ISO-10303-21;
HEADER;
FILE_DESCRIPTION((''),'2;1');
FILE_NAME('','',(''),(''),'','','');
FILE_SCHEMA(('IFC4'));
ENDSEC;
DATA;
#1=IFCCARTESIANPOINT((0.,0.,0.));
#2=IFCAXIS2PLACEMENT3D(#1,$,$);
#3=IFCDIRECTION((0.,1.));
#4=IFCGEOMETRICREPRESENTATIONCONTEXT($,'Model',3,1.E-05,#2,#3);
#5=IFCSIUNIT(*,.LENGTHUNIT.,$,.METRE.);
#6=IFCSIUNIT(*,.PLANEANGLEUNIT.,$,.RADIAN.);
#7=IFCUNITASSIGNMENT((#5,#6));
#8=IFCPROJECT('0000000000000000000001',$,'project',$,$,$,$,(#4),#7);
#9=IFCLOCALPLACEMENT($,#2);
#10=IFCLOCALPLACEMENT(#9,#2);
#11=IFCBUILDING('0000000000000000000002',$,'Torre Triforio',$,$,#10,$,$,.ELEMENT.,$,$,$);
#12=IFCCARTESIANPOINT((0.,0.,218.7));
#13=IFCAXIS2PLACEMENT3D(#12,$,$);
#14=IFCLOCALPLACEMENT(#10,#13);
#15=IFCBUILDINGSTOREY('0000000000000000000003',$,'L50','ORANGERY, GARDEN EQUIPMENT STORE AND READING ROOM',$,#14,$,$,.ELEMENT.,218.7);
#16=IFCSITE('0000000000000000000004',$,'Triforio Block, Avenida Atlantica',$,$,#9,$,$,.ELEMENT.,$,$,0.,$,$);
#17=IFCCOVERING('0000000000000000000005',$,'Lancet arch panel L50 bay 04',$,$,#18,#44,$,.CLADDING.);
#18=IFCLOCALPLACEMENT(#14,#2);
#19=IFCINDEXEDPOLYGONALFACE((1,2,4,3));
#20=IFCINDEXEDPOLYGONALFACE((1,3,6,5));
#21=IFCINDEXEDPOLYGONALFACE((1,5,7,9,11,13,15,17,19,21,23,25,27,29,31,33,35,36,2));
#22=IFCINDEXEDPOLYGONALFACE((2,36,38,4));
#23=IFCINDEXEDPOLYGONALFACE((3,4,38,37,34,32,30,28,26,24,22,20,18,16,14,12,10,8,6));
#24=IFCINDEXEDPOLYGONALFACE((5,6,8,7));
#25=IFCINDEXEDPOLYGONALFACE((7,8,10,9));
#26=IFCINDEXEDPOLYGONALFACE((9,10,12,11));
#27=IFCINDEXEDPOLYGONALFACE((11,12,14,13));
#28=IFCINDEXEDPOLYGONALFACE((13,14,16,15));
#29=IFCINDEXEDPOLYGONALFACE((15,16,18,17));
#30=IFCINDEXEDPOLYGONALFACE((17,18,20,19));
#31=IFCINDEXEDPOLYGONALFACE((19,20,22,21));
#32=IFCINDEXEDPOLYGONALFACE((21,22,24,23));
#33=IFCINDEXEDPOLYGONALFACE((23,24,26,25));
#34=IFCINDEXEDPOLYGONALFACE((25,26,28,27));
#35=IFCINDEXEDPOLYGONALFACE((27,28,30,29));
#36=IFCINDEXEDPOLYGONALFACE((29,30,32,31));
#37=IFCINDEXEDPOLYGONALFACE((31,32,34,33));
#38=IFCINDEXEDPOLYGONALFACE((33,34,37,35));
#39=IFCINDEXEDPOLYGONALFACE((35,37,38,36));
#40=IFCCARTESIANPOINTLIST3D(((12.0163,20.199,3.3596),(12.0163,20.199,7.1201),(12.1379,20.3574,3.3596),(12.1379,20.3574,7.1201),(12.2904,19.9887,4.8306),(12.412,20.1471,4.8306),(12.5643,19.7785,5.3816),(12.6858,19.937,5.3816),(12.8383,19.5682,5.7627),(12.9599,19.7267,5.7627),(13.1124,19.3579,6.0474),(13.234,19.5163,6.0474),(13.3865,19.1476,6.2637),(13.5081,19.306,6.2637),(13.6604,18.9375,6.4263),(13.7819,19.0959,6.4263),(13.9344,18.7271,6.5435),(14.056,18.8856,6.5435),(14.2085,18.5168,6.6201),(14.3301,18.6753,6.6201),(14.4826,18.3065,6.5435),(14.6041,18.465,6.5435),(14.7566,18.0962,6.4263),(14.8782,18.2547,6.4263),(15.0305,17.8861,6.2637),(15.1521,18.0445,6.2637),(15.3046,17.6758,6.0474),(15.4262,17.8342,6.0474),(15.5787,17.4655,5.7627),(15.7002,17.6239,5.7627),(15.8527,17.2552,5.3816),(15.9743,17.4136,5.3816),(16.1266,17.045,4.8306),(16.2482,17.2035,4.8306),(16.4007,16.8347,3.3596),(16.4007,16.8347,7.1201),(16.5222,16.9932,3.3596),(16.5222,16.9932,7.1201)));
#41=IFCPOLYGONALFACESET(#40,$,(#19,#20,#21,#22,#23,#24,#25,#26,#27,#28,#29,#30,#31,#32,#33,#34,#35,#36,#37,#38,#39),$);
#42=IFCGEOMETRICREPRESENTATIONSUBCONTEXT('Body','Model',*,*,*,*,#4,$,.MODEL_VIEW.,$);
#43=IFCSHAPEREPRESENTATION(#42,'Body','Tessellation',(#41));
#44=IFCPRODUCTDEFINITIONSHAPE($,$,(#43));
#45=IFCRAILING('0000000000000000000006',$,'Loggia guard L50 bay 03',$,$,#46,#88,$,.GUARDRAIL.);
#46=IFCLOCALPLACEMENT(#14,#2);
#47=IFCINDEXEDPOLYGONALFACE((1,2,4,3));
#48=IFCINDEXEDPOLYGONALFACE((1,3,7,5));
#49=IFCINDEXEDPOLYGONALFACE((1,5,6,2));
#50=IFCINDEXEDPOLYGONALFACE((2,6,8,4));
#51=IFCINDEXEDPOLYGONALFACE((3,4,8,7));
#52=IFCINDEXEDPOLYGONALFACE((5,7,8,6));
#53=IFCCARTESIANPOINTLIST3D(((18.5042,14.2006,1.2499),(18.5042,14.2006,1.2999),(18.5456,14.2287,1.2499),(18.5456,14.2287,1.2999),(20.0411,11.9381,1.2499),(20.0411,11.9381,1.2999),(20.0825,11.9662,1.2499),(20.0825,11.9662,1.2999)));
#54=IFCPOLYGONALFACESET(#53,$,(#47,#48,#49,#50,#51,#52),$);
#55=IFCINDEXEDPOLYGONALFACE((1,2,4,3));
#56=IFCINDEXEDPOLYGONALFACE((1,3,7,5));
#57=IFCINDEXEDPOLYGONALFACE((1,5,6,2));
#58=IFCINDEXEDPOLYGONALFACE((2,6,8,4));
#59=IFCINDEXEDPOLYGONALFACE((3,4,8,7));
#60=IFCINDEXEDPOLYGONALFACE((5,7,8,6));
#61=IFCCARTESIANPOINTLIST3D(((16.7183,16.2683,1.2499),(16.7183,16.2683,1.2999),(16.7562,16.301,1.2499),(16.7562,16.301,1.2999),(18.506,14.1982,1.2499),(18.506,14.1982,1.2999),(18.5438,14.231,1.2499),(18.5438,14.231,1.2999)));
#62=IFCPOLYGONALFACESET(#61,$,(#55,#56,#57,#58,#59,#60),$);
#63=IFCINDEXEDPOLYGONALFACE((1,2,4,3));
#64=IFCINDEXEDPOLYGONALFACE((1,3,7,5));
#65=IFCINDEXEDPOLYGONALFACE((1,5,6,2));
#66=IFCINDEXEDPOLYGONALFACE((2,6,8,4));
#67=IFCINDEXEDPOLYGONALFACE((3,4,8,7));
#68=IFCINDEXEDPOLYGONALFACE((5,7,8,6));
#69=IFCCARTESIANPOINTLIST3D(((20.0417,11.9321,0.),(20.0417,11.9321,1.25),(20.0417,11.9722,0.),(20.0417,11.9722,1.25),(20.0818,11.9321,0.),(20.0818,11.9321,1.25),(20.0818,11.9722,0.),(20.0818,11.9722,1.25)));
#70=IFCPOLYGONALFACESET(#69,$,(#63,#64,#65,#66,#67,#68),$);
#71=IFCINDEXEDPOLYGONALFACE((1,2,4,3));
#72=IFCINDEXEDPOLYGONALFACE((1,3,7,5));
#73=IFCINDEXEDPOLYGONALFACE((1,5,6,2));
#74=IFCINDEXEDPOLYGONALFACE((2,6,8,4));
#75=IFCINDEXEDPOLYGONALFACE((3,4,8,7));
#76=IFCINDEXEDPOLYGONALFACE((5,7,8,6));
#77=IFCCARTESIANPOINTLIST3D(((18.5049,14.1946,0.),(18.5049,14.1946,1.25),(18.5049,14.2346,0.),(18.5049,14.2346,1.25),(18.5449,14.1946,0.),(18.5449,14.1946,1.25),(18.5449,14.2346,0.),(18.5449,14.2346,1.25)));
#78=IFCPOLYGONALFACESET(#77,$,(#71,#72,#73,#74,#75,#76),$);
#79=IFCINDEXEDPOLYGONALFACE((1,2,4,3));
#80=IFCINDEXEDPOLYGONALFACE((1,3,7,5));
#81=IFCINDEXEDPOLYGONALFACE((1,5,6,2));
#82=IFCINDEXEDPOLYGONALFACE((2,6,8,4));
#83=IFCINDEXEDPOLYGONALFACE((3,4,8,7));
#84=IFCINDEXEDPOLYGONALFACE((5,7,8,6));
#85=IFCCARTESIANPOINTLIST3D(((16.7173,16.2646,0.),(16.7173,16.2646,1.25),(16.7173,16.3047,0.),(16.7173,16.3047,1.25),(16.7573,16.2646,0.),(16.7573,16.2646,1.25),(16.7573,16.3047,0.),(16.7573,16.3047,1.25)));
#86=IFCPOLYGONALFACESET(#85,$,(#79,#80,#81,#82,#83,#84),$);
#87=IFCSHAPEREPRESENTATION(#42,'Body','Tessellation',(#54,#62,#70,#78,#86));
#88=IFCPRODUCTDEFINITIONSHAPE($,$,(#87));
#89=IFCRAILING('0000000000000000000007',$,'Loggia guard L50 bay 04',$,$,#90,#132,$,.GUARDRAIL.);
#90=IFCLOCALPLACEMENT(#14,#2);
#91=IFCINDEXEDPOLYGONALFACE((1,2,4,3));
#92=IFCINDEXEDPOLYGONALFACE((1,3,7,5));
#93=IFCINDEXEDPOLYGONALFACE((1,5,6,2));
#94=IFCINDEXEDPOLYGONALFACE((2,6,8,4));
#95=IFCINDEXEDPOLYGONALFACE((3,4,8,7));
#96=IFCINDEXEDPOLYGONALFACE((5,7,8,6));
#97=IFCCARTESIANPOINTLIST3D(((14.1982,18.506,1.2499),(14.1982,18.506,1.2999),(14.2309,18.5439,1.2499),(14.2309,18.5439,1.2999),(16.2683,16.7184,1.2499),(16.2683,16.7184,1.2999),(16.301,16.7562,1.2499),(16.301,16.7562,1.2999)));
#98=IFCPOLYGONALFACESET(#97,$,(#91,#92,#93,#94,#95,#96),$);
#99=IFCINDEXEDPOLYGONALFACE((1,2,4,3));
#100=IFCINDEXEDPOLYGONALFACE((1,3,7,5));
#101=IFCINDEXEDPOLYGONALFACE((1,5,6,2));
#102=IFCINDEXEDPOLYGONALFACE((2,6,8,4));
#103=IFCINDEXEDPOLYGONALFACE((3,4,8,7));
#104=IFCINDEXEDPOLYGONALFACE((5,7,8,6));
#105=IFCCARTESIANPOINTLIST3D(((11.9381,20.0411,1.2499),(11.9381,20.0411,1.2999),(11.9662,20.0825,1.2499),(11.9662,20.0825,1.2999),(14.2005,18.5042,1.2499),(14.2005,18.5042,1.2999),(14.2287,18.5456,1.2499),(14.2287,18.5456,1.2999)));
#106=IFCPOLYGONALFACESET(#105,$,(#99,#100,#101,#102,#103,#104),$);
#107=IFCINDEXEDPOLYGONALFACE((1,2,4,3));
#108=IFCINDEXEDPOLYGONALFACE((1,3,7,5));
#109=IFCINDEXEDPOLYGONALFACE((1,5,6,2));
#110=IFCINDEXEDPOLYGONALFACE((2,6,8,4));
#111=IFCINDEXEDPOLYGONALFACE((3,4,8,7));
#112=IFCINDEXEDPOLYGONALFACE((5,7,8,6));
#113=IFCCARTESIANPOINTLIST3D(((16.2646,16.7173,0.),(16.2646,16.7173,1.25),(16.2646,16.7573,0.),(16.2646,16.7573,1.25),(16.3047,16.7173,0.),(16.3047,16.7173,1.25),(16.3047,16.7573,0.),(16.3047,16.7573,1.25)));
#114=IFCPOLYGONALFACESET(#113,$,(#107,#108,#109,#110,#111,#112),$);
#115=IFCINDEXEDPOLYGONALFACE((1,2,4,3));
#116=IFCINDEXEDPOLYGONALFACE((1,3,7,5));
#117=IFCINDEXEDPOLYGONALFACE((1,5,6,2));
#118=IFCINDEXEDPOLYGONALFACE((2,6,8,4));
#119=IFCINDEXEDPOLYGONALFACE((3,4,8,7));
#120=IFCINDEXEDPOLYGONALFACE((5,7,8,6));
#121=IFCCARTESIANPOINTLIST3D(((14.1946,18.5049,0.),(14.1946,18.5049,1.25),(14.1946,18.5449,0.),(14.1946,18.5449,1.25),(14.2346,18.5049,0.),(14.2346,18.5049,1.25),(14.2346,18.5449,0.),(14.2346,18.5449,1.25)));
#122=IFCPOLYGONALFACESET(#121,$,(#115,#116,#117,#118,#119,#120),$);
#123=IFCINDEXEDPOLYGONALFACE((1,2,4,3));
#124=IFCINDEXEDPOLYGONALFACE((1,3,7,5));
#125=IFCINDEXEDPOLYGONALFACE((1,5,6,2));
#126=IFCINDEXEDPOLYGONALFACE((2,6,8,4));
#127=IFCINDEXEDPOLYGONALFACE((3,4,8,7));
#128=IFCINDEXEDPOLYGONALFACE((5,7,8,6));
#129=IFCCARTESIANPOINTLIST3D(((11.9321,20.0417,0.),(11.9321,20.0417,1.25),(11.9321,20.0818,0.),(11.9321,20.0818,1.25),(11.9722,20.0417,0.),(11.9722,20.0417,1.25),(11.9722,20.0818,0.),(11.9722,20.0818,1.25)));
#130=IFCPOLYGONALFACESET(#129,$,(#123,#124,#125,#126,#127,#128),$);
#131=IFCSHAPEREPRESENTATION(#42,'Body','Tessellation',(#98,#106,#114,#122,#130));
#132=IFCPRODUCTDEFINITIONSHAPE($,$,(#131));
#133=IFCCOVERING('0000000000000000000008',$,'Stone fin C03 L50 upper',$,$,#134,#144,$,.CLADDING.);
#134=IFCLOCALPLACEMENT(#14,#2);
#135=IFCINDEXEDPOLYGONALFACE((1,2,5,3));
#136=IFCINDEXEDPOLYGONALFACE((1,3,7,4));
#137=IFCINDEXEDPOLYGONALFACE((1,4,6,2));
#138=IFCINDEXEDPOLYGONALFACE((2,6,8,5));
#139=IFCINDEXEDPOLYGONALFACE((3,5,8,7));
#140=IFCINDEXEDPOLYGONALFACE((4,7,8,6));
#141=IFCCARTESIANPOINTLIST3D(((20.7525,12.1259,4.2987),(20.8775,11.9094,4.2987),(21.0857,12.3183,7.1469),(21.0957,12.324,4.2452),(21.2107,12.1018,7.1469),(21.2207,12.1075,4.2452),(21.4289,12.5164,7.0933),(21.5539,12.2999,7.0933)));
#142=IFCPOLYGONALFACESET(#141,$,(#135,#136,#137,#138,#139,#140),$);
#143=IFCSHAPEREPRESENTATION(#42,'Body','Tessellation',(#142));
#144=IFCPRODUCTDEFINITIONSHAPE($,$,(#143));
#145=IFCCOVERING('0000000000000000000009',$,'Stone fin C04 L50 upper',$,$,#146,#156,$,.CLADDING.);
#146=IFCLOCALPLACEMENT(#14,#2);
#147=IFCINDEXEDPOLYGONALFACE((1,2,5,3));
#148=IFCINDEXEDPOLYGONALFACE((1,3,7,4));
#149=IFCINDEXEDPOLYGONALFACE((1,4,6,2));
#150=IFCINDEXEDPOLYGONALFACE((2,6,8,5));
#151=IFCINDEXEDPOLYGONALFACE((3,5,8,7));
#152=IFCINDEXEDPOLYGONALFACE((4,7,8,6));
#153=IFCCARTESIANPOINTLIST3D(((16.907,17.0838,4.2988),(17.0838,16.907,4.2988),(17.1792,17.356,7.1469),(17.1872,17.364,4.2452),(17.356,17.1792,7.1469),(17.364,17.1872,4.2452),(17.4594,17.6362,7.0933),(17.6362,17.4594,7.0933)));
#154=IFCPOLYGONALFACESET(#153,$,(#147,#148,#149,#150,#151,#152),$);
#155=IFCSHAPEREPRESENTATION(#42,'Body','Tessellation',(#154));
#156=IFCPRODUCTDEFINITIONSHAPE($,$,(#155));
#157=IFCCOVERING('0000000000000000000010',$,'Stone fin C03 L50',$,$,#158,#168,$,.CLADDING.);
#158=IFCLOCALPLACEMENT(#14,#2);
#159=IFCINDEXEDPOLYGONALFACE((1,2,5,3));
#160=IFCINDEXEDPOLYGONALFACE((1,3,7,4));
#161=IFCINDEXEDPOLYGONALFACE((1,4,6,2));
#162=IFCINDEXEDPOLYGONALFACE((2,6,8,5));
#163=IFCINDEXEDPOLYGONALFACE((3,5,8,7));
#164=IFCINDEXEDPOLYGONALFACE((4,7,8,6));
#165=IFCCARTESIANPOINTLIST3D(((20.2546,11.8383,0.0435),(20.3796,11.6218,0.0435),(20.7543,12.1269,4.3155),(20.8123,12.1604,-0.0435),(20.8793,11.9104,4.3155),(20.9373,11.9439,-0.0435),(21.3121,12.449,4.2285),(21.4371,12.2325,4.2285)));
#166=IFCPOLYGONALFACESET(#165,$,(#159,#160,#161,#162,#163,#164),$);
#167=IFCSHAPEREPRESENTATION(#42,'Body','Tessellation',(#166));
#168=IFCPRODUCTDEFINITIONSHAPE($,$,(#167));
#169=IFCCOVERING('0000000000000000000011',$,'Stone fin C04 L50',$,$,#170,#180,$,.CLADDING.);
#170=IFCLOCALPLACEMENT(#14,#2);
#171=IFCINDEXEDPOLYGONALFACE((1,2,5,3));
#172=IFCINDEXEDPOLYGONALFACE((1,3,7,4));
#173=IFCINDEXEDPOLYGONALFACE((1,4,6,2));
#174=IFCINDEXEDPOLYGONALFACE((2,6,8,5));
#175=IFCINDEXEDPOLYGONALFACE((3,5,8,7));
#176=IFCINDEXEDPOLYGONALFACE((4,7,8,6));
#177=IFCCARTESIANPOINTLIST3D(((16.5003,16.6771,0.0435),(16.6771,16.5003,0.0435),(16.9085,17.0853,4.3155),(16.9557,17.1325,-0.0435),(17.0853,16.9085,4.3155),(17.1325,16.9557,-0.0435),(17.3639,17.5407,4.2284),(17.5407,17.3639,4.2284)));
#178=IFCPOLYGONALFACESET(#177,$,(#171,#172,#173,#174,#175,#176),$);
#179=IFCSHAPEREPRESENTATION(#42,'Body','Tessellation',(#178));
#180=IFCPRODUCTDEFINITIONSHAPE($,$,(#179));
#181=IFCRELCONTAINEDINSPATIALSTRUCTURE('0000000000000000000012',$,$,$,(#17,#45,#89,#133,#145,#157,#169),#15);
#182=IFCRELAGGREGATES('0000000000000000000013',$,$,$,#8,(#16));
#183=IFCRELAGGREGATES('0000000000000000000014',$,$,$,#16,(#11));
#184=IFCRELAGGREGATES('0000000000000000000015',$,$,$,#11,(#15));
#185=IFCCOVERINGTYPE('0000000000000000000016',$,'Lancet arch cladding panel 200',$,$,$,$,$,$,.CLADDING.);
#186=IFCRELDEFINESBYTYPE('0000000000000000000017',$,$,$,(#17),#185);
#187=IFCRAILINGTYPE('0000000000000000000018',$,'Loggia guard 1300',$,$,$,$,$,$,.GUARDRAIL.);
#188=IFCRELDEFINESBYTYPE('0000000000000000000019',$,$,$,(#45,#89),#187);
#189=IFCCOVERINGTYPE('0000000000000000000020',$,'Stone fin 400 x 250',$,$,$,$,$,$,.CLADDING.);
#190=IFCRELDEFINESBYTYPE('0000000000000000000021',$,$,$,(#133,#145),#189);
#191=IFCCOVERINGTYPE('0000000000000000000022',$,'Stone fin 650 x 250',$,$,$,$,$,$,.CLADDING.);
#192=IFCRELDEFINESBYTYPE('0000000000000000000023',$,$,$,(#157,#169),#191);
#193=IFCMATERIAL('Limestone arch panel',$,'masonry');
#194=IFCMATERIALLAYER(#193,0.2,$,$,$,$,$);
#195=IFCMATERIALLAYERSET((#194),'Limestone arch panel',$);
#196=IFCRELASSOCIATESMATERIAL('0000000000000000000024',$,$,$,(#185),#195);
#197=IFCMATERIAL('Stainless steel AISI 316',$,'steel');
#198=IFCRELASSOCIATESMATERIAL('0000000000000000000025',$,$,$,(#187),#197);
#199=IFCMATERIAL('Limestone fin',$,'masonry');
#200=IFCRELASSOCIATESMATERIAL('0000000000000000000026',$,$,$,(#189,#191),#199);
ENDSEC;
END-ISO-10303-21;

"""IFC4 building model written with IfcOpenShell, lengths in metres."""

from ifc_helpers import new_model, si_unit, direction, frame, origin, origin_2d, place, context, subcontext, project, spatial, polyline, rectangle, outline, extrude, material, layer, layer_set, material_profile, profile_set, type_object, element, save


model = new_model("IFC4")

# Units and contexts
model_context = context("Model", 3, precision=1e-05, world=origin(), true_north=direction((0.0, 1.0)))
body_context = subcontext(model_context, "Body", "Model", "MODEL_VIEW")
ifc_project = project(units=[si_unit("LENGTHUNIT", "METRE"), si_unit("PLANEANGLEUNIT", "RADIAN")], contexts=[model_context])

# Site, building, storey
site_placement = place(None, origin())
site = spatial("IfcSite", under=ifc_project, at=site_placement, Name="Triforio Block, Avenida Atlantica", CompositionType="ELEMENT", RefElevation=0.0)
building_placement = place(site_placement, origin())
building = spatial("IfcBuilding", under=site, at=building_placement, Name="Torre Triforio", CompositionType="ELEMENT")
storey_placement = place(building_placement, frame((0.0, 0.0, 218.7)))
storey = spatial("IfcBuildingStorey", under=building, at=storey_placement, Name="L50", Description="ORANGERY, GARDEN EQUIPMENT STORE AND READING ROOM", CompositionType="ELEMENT", Elevation=218.7)

# Covering
ifc_material_1 = material(Name="Limestone arch panel", Category="masonry")
ifc_layer_1 = layer(ifc_material_1, 0.2)
ifc_layer_set_1 = layer_set([ifc_layer_1], Name="Limestone arch panel")
covering_type_1 = type_object("IfcCoveringType", Name="Lancet arch cladding panel 200", PredefinedType="CLADDING", material=ifc_layer_set_1)
for number, where, z_axis, x_axis, name in (
    (1, (14.2085, 18.5168, 0.0), (0.608765, 0.793351, 0.0), (-0.793351, 0.608765, 0.0), "Lancet arch panel L50 bay 04"),
):
    element("IfcCovering", number, at=place(storey_placement, frame(where, z_axis=z_axis, x_axis=x_axis)), inside=storey, type_object=covering_type_1, Name=name, PredefinedType="CLADDING", context=body_context, shape_type="SweptSolid", body=[
        extrude(outline(polyline([(-2.7632, 7.1201), (-2.7632, 3.3596), (-2.4177, 4.8306), (-2.0725, 5.3816), (-1.7271, 5.7627), (-1.3816, 6.0474), (-1.0361, 6.2637), (-0.6909, 6.4263), (-0.3455, 6.5435), (0.0, 6.6201), (0.3455, 6.5435), (0.6909, 6.4263), (1.0361, 6.2637), (1.3816, 6.0474), (1.7271, 5.7627), (2.0725, 5.3816), (2.4177, 4.8306), (2.7632, 3.3596), (2.7632, 7.1201), (-2.7632, 7.1201)])), origin(), (0.0, 0.0, 1.0), 0.1997),
    ])

# Railings
ifc_material_2 = material(Name="Stainless steel AISI 316", Category="steel")
railing_type = type_object("IfcRailingType", Name="Loggia guard 1300", PredefinedType="GUARDRAIL", material=ifc_material_2)
railing_1_placement = place(storey_placement, frame((20.0618, 11.9521, 0.0)))
element("IfcRailing", 2, at=railing_1_placement, inside=storey, type_object=railing_type, Name="Loggia guard L50 bay 03", PredefinedType="GUARDRAIL", context=body_context, shape_type="SweptSolid", body=[
    extrude(rectangle(XDim=0.05, YDim=0.05, at=origin_2d()), frame((0.0, 0.0, 1.2749), z_axis=(-0.56191, 0.827199, 0.0), x_axis=(-0.827199, -0.56191, 0.0)), (0.0, 0.0, 1.0), 2.7351),
    extrude(rectangle(XDim=0.05, YDim=0.05, at=origin_2d()), frame((-1.5369, 2.2625, 1.2749), z_axis=(-0.65358, 0.756857, 0.0), x_axis=(-0.756857, -0.65358, 0.0)), (0.0, 0.0, 1.0), 2.7351),
    extrude(rectangle(XDim=0.04, YDim=0.04, at=origin_2d()), origin(), (0.0, 0.0, 1.0), 1.25),
    extrude(rectangle(XDim=0.04, YDim=0.04, at=origin_2d()), frame((-1.5369, 2.2625, 0.0)), (0.0, 0.0, 1.0), 1.25),
    extrude(rectangle(XDim=0.04, YDim=0.04, at=origin_2d()), frame((-3.3245, 4.3325, 0.0)), (0.0, 0.0, 1.0), 1.25),
])
railing_2_placement = place(storey_placement, frame((16.2847, 16.7373, 0.0)))
element("IfcRailing", 3, at=railing_2_placement, inside=storey, type_object=railing_type, Name="Loggia guard L50 bay 04", PredefinedType="GUARDRAIL", context=body_context, shape_type="SweptSolid", body=[
    extrude(rectangle(XDim=0.05, YDim=0.05, at=origin_2d()), frame((0.0, 0.0, 1.2749), z_axis=(-0.756857, 0.65358, 0.0), x_axis=(-0.65358, -0.756857, 0.0)), (0.0, 0.0, 1.0), 2.7351),
    extrude(rectangle(XDim=0.05, YDim=0.05, at=origin_2d()), frame((-2.0701, 1.7876, 1.2749), z_axis=(-0.827199, 0.56191, 0.0), x_axis=(-0.56191, -0.827199, 0.0)), (0.0, 0.0, 1.0), 2.7351),
    extrude(rectangle(XDim=0.04, YDim=0.04, at=origin_2d()), origin(), (0.0, 0.0, 1.0), 1.25),
    extrude(rectangle(XDim=0.04, YDim=0.04, at=origin_2d()), frame((-2.0701, 1.7876, 0.0)), (0.0, 0.0, 1.0), 1.25),
    extrude(rectangle(XDim=0.04, YDim=0.04, at=origin_2d()), frame((-4.3325, 3.3245, 0.0)), (0.0, 0.0, 1.0), 1.25),
])

# Coverings
ifc_material_3 = material(Name="Limestone fin", Category="masonry")
ifc_material_profile_1 = material_profile(ifc_material_3, rectangle(XDim=0.3999, YDim=0.25, at=origin_2d()), Name="FIN 400x250")
ifc_profile_set_1 = profile_set([ifc_material_profile_1], Name="Limestone fin")
covering_type_2 = type_object("IfcCoveringType", Name="Stone fin 400 x 250", PredefinedType="CLADDING", material=ifc_profile_set_1)
for number, where, z_axis, x_axis, name in (
    (4, (20.9866, 12.1167, 4.272), (0.115953, 0.066939, 0.990997), (-0.858251, -0.495459, 0.133888), "Stone fin C03 L50 upper"),
    (5, (17.1355, 17.1355, 4.272), (0.094716, 0.094716, 0.990988), (-0.700735, -0.700735, 0.133948), "Stone fin C04 L50 upper"),
):
    element("IfcCovering", number, at=place(storey_placement, frame(where, z_axis=z_axis, x_axis=x_axis)), inside=storey, type_object=covering_type_2, Name=name, PredefinedType="CLADDING", context=body_context, shape_type="SweptSolid", body=[
        extrude(rectangle(XDim=0.3999, YDim=0.25, at=origin_2d()), origin(), (0.0, 0.0, 1.0), 2.874),
    ])
ifc_material_profile_2 = material_profile(ifc_material_3, rectangle(XDim=0.6499, YDim=0.25, at=origin_2d()), Name="FIN 650x250")
ifc_profile_set_2 = profile_set([ifc_material_profile_2], Name="Limestone fin")
covering_type_3 = type_object("IfcCoveringType", Name="Stone fin 650 x 250", PredefinedType="CLADDING", material=ifc_profile_set_2)
for number, where, z_axis, x_axis, name in (
    (6, (20.5959, 11.8911, 0.0), (0.115932, 0.066943, 0.990999), (-0.8582, -0.495551, 0.133871), "Stone fin C03 L50"),
    (7, (16.8164, 16.8164, 0.0), (0.094693, 0.094693, 0.990993), (-0.700738, -0.700738, 0.133916), "Stone fin C04 L50"),
):
    element("IfcCovering", number, at=place(storey_placement, frame(where, z_axis=z_axis, x_axis=x_axis)), inside=storey, type_object=covering_type_3, Name=name, PredefinedType="CLADDING", context=body_context, shape_type="SweptSolid", body=[
        extrude(rectangle(XDim=0.6499, YDim=0.25, at=origin_2d()), origin(), (0.0, 0.0, 1.0), 4.3108),
    ])

save(model, "model.ifc")
